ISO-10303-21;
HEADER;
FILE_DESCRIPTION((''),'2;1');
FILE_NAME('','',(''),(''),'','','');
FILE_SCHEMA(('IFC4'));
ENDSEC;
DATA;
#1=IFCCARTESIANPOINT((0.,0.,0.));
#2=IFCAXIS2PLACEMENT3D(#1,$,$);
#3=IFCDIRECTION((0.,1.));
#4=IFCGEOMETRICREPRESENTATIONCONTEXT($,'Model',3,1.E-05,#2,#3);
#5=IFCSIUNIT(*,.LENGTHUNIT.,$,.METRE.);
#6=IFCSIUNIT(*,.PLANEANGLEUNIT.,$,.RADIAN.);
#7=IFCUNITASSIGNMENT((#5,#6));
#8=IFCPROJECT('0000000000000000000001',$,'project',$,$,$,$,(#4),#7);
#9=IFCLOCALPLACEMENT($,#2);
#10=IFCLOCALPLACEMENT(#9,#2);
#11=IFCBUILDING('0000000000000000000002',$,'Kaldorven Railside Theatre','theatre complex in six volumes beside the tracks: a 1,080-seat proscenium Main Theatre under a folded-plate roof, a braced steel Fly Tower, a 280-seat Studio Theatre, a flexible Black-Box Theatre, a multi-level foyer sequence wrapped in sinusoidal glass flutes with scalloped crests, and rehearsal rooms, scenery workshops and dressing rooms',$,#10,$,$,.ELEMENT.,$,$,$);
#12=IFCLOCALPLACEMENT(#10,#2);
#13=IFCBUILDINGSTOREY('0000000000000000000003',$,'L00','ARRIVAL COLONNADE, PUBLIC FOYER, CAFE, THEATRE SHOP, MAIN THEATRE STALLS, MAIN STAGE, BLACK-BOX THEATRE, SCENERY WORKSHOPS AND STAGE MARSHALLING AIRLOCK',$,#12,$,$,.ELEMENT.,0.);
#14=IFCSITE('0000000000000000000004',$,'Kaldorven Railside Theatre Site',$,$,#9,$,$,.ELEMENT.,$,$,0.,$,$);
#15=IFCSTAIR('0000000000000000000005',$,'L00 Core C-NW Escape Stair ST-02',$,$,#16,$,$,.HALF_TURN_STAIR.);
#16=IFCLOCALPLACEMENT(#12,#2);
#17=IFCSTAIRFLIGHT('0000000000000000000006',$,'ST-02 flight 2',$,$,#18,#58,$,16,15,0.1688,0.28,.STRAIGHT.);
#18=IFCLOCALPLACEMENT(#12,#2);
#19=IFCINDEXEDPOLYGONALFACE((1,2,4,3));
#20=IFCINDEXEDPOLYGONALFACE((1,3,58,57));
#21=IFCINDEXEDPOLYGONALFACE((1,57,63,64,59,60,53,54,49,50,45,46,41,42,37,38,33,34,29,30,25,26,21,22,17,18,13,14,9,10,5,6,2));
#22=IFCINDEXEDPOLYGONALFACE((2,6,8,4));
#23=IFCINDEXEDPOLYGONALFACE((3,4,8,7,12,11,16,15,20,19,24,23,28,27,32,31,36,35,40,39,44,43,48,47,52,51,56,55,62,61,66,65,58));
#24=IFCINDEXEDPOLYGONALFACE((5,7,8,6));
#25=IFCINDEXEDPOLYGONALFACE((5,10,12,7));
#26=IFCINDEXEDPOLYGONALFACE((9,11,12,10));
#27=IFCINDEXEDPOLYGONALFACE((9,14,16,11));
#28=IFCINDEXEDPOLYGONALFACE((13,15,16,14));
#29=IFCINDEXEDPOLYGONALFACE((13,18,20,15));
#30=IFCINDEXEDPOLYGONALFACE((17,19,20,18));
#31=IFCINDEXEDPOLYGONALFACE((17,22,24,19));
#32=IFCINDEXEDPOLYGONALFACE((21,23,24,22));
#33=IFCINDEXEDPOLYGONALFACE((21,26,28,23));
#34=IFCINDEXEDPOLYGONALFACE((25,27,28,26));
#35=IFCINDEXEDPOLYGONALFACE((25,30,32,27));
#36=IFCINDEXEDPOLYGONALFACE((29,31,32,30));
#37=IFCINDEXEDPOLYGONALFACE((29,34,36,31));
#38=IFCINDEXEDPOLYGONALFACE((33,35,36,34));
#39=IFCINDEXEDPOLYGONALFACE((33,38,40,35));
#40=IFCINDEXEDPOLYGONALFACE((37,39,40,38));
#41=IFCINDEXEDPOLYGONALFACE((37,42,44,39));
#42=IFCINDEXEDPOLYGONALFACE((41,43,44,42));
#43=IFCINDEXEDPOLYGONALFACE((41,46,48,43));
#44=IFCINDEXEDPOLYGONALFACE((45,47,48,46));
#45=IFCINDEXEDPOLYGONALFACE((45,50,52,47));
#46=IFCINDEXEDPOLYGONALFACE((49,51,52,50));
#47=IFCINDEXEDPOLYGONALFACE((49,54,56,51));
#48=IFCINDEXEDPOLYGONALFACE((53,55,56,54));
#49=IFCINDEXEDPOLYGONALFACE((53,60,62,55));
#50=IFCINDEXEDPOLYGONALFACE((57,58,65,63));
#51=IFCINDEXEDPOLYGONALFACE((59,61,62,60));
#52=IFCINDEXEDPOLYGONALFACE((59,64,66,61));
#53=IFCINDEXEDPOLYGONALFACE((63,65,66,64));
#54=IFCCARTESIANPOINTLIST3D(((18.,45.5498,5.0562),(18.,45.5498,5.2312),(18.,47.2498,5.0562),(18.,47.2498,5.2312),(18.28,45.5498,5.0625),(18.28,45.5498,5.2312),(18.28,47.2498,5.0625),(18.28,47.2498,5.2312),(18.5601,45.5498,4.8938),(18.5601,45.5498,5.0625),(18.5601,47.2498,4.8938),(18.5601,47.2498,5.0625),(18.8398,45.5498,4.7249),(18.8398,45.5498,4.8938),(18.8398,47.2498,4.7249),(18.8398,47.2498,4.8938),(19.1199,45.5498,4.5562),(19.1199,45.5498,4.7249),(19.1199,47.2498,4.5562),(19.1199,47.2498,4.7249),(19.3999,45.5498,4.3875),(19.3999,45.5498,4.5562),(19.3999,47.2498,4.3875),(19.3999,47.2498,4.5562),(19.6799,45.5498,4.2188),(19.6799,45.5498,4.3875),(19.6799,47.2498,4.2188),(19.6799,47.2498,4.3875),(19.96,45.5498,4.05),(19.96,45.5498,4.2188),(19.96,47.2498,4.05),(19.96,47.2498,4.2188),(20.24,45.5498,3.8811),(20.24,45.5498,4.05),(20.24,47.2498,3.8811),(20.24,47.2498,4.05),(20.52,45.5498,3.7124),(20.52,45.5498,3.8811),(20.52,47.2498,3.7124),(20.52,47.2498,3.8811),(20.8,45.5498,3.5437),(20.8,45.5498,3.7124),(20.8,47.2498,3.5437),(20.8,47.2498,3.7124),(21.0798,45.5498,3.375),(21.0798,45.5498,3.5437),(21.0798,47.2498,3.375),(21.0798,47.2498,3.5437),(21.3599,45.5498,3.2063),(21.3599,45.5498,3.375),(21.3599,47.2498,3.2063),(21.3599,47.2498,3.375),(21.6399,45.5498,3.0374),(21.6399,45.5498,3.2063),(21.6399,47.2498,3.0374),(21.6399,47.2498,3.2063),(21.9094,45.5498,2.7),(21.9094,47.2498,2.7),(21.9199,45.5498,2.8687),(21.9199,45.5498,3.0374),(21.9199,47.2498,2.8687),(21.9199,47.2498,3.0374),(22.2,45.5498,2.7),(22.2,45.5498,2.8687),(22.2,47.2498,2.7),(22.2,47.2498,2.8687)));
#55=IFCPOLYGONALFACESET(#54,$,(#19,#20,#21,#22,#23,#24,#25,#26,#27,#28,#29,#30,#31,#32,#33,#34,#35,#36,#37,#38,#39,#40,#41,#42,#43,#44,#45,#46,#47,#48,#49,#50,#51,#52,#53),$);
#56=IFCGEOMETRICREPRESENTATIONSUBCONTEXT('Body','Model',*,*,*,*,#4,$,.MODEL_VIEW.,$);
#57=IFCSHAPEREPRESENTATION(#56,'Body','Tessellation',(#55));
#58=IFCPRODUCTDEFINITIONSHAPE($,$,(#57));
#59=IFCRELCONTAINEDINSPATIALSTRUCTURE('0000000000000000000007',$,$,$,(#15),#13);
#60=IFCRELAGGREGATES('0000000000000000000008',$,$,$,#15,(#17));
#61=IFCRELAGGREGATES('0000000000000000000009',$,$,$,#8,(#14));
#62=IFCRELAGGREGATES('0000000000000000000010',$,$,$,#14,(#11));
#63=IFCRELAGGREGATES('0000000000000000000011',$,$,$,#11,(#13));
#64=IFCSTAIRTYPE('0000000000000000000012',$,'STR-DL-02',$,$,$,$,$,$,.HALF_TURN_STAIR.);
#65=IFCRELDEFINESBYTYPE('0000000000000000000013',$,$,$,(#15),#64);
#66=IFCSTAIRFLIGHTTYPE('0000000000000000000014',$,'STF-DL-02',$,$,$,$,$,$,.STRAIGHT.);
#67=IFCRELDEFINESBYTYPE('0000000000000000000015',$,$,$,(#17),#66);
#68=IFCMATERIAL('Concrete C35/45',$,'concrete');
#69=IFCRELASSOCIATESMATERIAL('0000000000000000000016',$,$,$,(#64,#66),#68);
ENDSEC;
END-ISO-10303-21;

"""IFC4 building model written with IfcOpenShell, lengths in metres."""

from ifc_helpers import new_model, si_unit, direction, frame, origin, place, context, subcontext, project, spatial, polyline, outline, extrude, material, type_object, element, aggregate, save


model = new_model("IFC4")

# Units and contexts
model_context = context("Model", 3, precision=1e-05, world=origin(), true_north=direction((0.0, 1.0)))
body_context = subcontext(model_context, "Body", "Model", "MODEL_VIEW")
ifc_project = project(units=[si_unit("LENGTHUNIT", "METRE"), si_unit("PLANEANGLEUNIT", "RADIAN")], contexts=[model_context])

# Site, building, storey
site_placement = place(None, origin())
site = spatial("IfcSite", under=ifc_project, at=site_placement, Name="Kaldorven Railside Theatre Site", CompositionType="ELEMENT", RefElevation=0.0)
building_placement = place(site_placement, origin())
building = spatial("IfcBuilding", under=site, at=building_placement, Name="Kaldorven Railside Theatre", Description="theatre complex in six volumes beside the tracks: a 1,080-seat proscenium Main Theatre under a folded-plate roof, a braced steel Fly Tower, a 280-seat Studio Theatre, a flexible Black-Box Theatre, a multi-level foyer sequence wrapped in sinusoidal glass flutes with scalloped crests, and rehearsal rooms, scenery workshops and dressing rooms", CompositionType="ELEMENT")
storey_placement = place(building_placement, origin())
storey = spatial("IfcBuildingStorey", under=building, at=storey_placement, Name="L00", Description="ARRIVAL COLONNADE, PUBLIC FOYER, CAFE, THEATRE SHOP, MAIN THEATRE STALLS, MAIN STAGE, BLACK-BOX THEATRE, SCENERY WORKSHOPS AND STAGE MARSHALLING AIRLOCK", CompositionType="ELEMENT", Elevation=0.0)

# Stair, stair flight
ifc_material_1 = material(Name="Concrete C35/45", Category="concrete")
stair_type = type_object("IfcStairType", Name="STR-DL-02", PredefinedType="HALF_TURN_STAIR", material=ifc_material_1)
stair_placement = place(storey_placement, origin())
stair = element("IfcStair", 1, at=stair_placement, inside=storey, type_object=stair_type, Name="L00 Core C-NW Escape Stair ST-02", PredefinedType="HALF_TURN_STAIR")
stair_flight_type = type_object("IfcStairFlightType", Name="STF-DL-02", PredefinedType="STRAIGHT", material=ifc_material_1)
stair_flight_1_placement = place(storey_placement, frame((22.2, 46.3999, 2.7), z_axis=(0.0, 0.0, 1.0), x_axis=(-1.0, 0.0, 0.0)))
stair_flight_1 = element("IfcStairFlight", 2, at=stair_flight_1_placement, type_object=stair_flight_type, Name="ST-02 flight 2", NumberOfRisers=16, NumberOfTreads=15, PredefinedType="STRAIGHT", RiserHeight=0.1688, TreadLength=0.28, context=body_context, shape_type="SweptSolid", body=[
    extrude(outline(polyline([(0.0, 0.0), (0.0, 0.1687), (0.28, 0.1687), (0.28, 0.3374), (0.5601, 0.3374), (0.5601, 0.5063), (0.8401, 0.5063), (0.8401, 0.675), (1.1201, 0.675), (1.1201, 0.8438), (1.3999, 0.8438), (1.3999, 1.0125), (1.6799, 1.0125), (1.6799, 1.1812), (1.96, 1.1812), (1.96, 1.3501), (2.24, 1.3501), (2.24, 1.5188), (2.52, 1.5188), (2.52, 1.6875), (2.8, 1.6875), (2.8, 1.8562), (3.0801, 1.8562), (3.0801, 2.0249), (3.3601, 2.0249), (3.3601, 2.1938), (3.6399, 2.1938), (3.6399, 2.3625), (3.9199, 2.3625), (3.9199, 2.5312), (4.2, 2.5312), (4.2, 2.7), (4.2, 2.3562), (0.2905, 0.0), (0.0, 0.0)])), frame((0.0, 0.8501, 0.0), z_axis=(0.0, -1.0, 0.0), x_axis=(1.0, 0.0, 0.0)), (0.0, 0.0, 1.0), 1.7),
])
aggregate(stair, [stair_flight_1])

save(model, "model.ifc")
